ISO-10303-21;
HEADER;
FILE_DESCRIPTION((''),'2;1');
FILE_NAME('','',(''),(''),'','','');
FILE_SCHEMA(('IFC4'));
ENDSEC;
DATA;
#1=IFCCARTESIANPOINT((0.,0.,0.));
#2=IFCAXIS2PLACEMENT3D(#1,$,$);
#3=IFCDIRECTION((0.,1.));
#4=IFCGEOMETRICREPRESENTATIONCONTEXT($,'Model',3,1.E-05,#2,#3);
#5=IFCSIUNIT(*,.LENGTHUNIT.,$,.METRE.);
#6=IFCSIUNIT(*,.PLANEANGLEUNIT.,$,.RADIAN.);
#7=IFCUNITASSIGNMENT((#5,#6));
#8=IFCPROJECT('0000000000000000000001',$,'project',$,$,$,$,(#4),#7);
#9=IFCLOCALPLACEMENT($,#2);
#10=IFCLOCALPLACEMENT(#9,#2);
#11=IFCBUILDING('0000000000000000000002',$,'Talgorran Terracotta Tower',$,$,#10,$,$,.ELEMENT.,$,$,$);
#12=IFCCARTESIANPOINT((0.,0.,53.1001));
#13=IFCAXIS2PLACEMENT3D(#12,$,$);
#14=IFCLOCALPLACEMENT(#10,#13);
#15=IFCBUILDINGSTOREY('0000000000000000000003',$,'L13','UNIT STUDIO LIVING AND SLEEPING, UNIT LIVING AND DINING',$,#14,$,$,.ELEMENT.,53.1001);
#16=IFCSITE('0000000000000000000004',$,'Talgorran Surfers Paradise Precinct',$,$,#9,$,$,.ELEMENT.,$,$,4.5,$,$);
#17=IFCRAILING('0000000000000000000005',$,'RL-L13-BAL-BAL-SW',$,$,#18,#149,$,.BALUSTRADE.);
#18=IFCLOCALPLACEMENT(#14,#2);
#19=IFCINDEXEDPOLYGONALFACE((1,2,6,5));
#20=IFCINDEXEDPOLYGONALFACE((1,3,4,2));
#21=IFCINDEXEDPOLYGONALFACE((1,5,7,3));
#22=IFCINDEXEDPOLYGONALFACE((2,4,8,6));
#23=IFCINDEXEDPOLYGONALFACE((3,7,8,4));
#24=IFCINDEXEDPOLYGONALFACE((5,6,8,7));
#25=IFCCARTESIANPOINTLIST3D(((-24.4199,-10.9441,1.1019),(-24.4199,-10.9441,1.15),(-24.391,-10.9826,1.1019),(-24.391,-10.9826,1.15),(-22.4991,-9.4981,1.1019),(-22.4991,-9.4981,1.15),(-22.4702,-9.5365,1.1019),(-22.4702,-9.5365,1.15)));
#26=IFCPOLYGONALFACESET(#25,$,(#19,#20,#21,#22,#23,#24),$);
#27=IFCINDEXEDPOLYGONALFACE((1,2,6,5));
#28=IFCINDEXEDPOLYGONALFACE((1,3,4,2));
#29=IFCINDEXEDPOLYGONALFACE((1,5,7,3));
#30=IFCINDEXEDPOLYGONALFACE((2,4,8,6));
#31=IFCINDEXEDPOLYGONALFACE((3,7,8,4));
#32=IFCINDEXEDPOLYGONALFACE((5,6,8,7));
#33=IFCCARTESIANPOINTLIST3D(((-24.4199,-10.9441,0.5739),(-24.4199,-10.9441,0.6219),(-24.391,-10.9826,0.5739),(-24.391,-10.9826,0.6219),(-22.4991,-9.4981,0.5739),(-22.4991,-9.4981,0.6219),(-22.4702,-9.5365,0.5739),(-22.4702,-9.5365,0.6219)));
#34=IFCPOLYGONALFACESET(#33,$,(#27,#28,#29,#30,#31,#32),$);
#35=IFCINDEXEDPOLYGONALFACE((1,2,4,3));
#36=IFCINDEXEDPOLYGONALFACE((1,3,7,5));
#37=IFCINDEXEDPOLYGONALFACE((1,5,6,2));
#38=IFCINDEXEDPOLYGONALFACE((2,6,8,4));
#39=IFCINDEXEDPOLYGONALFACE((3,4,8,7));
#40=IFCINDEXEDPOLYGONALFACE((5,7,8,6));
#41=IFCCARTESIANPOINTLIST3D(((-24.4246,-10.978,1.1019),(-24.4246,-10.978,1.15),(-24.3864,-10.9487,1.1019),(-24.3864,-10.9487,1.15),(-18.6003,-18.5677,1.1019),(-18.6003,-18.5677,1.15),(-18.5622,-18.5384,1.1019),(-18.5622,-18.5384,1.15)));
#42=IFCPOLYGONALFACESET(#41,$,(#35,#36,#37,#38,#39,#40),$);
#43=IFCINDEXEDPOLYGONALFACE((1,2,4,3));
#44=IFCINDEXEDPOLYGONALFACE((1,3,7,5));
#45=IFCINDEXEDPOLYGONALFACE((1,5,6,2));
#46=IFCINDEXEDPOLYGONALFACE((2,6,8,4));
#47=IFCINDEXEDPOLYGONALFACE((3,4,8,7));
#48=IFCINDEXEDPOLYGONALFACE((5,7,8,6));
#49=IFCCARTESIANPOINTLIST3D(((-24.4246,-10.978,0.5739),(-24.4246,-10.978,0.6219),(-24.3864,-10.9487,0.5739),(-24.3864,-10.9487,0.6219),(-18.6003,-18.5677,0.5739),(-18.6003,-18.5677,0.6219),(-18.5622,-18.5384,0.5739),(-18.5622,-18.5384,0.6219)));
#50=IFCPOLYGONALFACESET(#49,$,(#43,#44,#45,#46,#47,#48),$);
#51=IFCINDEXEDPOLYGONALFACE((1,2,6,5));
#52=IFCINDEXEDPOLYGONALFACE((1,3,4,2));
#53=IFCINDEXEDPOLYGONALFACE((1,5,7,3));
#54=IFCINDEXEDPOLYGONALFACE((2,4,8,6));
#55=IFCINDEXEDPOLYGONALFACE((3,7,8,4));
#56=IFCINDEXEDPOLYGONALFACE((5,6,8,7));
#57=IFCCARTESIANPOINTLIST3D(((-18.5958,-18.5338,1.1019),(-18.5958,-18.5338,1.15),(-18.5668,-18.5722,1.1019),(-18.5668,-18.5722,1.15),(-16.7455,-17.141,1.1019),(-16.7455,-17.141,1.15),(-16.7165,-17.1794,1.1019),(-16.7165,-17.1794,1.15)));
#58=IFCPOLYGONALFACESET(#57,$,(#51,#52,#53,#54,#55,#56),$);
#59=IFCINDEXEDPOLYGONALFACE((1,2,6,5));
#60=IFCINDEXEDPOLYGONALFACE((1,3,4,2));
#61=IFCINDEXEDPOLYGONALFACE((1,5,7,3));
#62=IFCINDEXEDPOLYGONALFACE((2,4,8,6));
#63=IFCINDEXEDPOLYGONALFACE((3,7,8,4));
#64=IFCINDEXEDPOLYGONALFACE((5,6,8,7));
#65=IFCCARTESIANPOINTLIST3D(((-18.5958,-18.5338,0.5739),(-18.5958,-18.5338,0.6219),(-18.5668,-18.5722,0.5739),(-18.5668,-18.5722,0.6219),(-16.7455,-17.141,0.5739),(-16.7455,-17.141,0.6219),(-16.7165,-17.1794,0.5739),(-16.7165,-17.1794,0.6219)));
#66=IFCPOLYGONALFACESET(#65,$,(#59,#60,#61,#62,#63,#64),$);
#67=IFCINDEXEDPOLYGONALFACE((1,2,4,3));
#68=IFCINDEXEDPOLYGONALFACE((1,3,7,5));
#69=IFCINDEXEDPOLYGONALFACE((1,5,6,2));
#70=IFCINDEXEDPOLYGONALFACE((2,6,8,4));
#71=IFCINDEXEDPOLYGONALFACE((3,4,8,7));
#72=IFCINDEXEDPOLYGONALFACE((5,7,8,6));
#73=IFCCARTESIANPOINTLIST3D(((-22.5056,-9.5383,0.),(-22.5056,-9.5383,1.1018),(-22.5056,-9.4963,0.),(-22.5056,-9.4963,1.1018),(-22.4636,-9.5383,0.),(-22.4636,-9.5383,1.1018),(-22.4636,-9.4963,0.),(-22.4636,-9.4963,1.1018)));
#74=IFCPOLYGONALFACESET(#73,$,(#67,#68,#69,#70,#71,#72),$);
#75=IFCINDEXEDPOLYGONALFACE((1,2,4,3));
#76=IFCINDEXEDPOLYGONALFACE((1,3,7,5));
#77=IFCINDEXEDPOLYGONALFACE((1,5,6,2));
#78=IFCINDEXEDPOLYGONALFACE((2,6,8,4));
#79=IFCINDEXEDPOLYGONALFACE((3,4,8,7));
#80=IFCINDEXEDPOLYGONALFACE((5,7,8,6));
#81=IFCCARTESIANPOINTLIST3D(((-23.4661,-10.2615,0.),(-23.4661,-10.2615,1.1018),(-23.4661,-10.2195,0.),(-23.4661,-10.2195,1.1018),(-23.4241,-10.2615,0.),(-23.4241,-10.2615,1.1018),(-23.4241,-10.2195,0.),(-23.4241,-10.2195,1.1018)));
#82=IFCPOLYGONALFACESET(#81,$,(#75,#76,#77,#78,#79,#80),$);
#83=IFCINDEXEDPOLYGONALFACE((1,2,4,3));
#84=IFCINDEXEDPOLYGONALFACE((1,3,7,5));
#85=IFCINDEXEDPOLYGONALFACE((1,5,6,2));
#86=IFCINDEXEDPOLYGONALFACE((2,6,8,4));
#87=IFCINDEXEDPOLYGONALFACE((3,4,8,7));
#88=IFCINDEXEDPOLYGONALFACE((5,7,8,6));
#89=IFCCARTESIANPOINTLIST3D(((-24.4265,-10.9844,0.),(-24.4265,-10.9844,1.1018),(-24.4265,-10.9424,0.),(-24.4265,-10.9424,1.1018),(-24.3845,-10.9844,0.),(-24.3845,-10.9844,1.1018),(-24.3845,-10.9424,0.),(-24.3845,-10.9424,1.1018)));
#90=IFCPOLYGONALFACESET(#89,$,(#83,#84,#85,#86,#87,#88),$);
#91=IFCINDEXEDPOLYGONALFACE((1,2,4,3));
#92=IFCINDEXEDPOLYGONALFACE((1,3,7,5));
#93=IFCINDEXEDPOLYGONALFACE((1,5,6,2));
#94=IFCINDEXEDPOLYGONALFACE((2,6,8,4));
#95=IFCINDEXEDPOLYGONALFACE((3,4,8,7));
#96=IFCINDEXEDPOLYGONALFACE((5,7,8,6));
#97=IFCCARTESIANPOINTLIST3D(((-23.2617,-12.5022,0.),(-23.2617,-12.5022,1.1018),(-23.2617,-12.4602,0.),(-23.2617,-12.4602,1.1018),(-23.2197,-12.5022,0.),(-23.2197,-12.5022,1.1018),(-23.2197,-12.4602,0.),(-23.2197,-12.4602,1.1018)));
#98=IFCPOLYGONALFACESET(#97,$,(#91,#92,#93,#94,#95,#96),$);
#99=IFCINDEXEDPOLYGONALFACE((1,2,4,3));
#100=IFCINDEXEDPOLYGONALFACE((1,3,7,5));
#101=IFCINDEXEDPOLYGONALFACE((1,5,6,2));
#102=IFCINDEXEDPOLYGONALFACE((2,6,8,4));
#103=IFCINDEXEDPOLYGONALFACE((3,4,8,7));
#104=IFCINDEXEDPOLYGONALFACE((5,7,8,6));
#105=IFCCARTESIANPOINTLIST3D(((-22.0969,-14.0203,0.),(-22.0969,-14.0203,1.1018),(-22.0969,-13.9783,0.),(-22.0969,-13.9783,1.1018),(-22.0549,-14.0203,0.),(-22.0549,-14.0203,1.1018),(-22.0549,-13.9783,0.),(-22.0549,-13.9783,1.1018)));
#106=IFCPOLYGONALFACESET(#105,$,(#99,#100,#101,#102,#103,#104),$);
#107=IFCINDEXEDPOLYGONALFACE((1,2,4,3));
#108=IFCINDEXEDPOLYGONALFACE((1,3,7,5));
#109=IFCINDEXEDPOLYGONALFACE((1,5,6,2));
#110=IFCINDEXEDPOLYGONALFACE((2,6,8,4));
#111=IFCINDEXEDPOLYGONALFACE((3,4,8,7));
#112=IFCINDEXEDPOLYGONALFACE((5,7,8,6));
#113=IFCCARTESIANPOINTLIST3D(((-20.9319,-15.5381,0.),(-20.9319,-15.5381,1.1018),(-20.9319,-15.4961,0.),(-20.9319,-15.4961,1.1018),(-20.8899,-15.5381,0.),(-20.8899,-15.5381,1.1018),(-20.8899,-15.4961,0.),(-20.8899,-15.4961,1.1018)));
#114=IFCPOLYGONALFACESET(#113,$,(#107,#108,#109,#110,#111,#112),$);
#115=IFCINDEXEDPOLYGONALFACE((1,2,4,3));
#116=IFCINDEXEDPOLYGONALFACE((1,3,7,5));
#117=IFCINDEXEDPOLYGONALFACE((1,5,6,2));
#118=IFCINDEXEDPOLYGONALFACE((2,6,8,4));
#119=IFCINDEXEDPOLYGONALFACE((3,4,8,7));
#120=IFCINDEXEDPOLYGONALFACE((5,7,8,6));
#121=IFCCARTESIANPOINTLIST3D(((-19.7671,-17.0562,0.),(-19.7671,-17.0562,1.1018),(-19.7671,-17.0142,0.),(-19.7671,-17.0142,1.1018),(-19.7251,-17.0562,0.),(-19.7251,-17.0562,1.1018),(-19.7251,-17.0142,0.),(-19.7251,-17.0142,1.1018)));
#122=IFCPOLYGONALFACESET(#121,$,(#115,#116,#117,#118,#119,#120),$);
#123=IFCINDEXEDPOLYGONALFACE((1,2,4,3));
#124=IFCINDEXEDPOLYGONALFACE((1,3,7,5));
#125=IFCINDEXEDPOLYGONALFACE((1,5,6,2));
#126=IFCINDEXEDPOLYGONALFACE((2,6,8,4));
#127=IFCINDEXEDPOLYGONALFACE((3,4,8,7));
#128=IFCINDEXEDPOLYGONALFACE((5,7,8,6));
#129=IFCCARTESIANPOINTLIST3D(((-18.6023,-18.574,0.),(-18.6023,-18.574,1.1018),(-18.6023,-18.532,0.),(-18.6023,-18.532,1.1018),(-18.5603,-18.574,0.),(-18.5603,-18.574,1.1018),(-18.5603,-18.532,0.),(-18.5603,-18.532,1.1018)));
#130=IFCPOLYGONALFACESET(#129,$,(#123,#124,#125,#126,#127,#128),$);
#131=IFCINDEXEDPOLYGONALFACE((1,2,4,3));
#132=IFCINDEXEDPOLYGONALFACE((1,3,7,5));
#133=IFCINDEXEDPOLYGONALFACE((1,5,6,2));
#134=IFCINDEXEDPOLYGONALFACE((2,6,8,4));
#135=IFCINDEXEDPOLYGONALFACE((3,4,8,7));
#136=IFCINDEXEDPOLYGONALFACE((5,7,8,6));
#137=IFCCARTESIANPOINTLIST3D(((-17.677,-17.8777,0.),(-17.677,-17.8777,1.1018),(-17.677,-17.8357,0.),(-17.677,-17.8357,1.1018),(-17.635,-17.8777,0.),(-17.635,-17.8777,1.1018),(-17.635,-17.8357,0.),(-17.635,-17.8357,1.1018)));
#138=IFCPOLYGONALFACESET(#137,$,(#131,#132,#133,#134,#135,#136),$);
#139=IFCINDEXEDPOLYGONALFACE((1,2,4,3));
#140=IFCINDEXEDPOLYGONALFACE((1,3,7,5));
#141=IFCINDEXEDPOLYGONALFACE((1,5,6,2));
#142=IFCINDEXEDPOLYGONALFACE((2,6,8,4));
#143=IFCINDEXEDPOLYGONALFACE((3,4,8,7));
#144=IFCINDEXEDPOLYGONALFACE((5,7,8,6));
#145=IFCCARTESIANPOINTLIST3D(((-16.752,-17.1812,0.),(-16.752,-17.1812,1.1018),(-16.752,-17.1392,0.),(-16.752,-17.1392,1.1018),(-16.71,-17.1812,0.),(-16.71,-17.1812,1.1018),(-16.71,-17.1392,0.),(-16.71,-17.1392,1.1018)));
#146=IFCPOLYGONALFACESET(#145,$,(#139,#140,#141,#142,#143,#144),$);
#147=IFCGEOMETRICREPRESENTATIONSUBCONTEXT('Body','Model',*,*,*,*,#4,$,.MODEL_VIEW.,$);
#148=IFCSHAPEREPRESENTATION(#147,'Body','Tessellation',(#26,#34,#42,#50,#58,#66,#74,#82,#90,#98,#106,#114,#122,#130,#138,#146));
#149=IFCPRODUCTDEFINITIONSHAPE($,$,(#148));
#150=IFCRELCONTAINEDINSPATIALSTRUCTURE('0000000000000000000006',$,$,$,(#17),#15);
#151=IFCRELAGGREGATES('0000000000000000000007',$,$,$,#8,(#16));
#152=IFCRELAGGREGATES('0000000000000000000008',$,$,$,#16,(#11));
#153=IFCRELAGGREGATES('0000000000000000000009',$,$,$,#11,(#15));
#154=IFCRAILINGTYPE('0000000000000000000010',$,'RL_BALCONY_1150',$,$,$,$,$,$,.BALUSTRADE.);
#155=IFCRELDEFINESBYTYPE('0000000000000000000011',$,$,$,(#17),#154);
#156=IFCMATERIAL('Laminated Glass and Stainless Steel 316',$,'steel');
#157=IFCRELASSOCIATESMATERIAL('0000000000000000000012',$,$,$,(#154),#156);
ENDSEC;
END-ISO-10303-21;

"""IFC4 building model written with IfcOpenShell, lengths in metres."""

from ifc_helpers import new_model, si_unit, direction, frame, origin, origin_2d, place, context, subcontext, project, spatial, rectangle, extrude, material, type_object, element, save


model = new_model("IFC4")

# Units and contexts
model_context = context("Model", 3, precision=1e-05, world=origin(), true_north=direction((0.0, 1.0)))
body_context = subcontext(model_context, "Body", "Model", "MODEL_VIEW")
ifc_project = project(units=[si_unit("LENGTHUNIT", "METRE"), si_unit("PLANEANGLEUNIT", "RADIAN")], contexts=[model_context])

# Site, building, storey
site_placement = place(None, origin())
site = spatial("IfcSite", under=ifc_project, at=site_placement, Name="Talgorran Surfers Paradise Precinct", CompositionType="ELEMENT", RefElevation=4.5)
building_placement = place(site_placement, origin())
building = spatial("IfcBuilding", under=site, at=building_placement, Name="Talgorran Terracotta Tower", CompositionType="ELEMENT")
storey_placement = place(building_placement, frame((0.0, 0.0, 53.1001)))
storey = spatial("IfcBuildingStorey", under=building, at=storey_placement, Name="L13", Description="UNIT STUDIO LIVING AND SLEEPING, UNIT LIVING AND DINING", CompositionType="ELEMENT", Elevation=53.1001)

# Railing
ifc_material_1 = material(Name="Laminated Glass and Stainless Steel 316", Category="steel")
railing_type = type_object("IfcRailingType", Name="RL_BALCONY_1150", PredefinedType="BALUSTRADE", material=ifc_material_1)
railing_placement = place(storey_placement, frame((-22.4846, -9.5173, 0.0)))
element("IfcRailing", 1, at=railing_placement, inside=storey, type_object=railing_type, Name="RL-L13-BAL-BAL-SW", PredefinedType="BALUSTRADE", context=body_context, shape_type="SweptSolid", body=[
    extrude(rectangle(XDim=0.0481, YDim=0.0481, at=origin_2d()), frame((0.0, 0.0, 1.126), z_axis=(-0.798926, -0.601429, 0.0), x_axis=(0.601429, -0.798926, 0.0)), (0.0, 0.0, 1.0), 2.4043),
    extrude(rectangle(XDim=0.0481, YDim=0.0481, at=origin_2d()), frame((0.0, 0.0, 0.5979), z_axis=(-0.798926, -0.601429, 0.0), x_axis=(0.601429, -0.798926, 0.0)), (0.0, 0.0, 1.0), 2.4043),
    extrude(rectangle(XDim=0.0481, YDim=0.0481, at=origin_2d()), frame((-1.9209, -1.446, 1.126), z_axis=(0.608795, -0.793327, 0.0), x_axis=(0.793327, 0.608795, 0.0)), (0.0, 0.0, 1.0), 9.5669),
    extrude(rectangle(XDim=0.0481, YDim=0.0481, at=origin_2d()), frame((-1.9209, -1.446, 0.5979), z_axis=(0.608795, -0.793327, 0.0), x_axis=(0.793327, 0.608795, 0.0)), (0.0, 0.0, 1.0), 9.5669),
    extrude(rectangle(XDim=0.0481, YDim=0.0481, at=origin_2d()), frame((3.9033, -9.0356, 1.126), z_axis=(0.798949, 0.601399, 0.0), x_axis=(-0.601399, 0.798949, 0.0)), (0.0, 0.0, 1.0), 2.3159),
    extrude(rectangle(XDim=0.0481, YDim=0.0481, at=origin_2d()), frame((3.9033, -9.0356, 0.5979), z_axis=(0.798949, 0.601399, 0.0), x_axis=(-0.601399, 0.798949, 0.0)), (0.0, 0.0, 1.0), 2.3159),
    extrude(rectangle(XDim=0.042, YDim=0.042, at=origin_2d()), origin(), (0.0, 0.0, 1.0), 1.1018),
    extrude(rectangle(XDim=0.042, YDim=0.042, at=origin_2d()), frame((-0.9604, -0.7231, 0.0)), (0.0, 0.0, 1.0), 1.1018),
    extrude(rectangle(XDim=0.042, YDim=0.042, at=origin_2d()), frame((-1.9209, -1.446, 0.0)), (0.0, 0.0, 1.0), 1.1018),
    extrude(rectangle(XDim=0.042, YDim=0.042, at=origin_2d()), frame((-0.7561, -2.9639, 0.0)), (0.0, 0.0, 1.0), 1.1018),
    extrude(rectangle(XDim=0.042, YDim=0.042, at=origin_2d()), frame((0.4087, -4.4819, 0.0)), (0.0, 0.0, 1.0), 1.1018),
    extrude(rectangle(XDim=0.042, YDim=0.042, at=origin_2d()), frame((1.5737, -5.9998, 0.0)), (0.0, 0.0, 1.0), 1.1018),
    extrude(rectangle(XDim=0.042, YDim=0.042, at=origin_2d()), frame((2.7385, -7.5178, 0.0)), (0.0, 0.0, 1.0), 1.1018),
    extrude(rectangle(XDim=0.042, YDim=0.042, at=origin_2d()), frame((3.9033, -9.0356, 0.0)), (0.0, 0.0, 1.0), 1.1018),
    extrude(rectangle(XDim=0.042, YDim=0.042, at=origin_2d()), frame((4.8286, -8.3394, 0.0)), (0.0, 0.0, 1.0), 1.1018),
    extrude(rectangle(XDim=0.042, YDim=0.042, at=origin_2d()), frame((5.7537, -7.6428, 0.0)), (0.0, 0.0, 1.0), 1.1018),
])

save(model, "model.ifc")
